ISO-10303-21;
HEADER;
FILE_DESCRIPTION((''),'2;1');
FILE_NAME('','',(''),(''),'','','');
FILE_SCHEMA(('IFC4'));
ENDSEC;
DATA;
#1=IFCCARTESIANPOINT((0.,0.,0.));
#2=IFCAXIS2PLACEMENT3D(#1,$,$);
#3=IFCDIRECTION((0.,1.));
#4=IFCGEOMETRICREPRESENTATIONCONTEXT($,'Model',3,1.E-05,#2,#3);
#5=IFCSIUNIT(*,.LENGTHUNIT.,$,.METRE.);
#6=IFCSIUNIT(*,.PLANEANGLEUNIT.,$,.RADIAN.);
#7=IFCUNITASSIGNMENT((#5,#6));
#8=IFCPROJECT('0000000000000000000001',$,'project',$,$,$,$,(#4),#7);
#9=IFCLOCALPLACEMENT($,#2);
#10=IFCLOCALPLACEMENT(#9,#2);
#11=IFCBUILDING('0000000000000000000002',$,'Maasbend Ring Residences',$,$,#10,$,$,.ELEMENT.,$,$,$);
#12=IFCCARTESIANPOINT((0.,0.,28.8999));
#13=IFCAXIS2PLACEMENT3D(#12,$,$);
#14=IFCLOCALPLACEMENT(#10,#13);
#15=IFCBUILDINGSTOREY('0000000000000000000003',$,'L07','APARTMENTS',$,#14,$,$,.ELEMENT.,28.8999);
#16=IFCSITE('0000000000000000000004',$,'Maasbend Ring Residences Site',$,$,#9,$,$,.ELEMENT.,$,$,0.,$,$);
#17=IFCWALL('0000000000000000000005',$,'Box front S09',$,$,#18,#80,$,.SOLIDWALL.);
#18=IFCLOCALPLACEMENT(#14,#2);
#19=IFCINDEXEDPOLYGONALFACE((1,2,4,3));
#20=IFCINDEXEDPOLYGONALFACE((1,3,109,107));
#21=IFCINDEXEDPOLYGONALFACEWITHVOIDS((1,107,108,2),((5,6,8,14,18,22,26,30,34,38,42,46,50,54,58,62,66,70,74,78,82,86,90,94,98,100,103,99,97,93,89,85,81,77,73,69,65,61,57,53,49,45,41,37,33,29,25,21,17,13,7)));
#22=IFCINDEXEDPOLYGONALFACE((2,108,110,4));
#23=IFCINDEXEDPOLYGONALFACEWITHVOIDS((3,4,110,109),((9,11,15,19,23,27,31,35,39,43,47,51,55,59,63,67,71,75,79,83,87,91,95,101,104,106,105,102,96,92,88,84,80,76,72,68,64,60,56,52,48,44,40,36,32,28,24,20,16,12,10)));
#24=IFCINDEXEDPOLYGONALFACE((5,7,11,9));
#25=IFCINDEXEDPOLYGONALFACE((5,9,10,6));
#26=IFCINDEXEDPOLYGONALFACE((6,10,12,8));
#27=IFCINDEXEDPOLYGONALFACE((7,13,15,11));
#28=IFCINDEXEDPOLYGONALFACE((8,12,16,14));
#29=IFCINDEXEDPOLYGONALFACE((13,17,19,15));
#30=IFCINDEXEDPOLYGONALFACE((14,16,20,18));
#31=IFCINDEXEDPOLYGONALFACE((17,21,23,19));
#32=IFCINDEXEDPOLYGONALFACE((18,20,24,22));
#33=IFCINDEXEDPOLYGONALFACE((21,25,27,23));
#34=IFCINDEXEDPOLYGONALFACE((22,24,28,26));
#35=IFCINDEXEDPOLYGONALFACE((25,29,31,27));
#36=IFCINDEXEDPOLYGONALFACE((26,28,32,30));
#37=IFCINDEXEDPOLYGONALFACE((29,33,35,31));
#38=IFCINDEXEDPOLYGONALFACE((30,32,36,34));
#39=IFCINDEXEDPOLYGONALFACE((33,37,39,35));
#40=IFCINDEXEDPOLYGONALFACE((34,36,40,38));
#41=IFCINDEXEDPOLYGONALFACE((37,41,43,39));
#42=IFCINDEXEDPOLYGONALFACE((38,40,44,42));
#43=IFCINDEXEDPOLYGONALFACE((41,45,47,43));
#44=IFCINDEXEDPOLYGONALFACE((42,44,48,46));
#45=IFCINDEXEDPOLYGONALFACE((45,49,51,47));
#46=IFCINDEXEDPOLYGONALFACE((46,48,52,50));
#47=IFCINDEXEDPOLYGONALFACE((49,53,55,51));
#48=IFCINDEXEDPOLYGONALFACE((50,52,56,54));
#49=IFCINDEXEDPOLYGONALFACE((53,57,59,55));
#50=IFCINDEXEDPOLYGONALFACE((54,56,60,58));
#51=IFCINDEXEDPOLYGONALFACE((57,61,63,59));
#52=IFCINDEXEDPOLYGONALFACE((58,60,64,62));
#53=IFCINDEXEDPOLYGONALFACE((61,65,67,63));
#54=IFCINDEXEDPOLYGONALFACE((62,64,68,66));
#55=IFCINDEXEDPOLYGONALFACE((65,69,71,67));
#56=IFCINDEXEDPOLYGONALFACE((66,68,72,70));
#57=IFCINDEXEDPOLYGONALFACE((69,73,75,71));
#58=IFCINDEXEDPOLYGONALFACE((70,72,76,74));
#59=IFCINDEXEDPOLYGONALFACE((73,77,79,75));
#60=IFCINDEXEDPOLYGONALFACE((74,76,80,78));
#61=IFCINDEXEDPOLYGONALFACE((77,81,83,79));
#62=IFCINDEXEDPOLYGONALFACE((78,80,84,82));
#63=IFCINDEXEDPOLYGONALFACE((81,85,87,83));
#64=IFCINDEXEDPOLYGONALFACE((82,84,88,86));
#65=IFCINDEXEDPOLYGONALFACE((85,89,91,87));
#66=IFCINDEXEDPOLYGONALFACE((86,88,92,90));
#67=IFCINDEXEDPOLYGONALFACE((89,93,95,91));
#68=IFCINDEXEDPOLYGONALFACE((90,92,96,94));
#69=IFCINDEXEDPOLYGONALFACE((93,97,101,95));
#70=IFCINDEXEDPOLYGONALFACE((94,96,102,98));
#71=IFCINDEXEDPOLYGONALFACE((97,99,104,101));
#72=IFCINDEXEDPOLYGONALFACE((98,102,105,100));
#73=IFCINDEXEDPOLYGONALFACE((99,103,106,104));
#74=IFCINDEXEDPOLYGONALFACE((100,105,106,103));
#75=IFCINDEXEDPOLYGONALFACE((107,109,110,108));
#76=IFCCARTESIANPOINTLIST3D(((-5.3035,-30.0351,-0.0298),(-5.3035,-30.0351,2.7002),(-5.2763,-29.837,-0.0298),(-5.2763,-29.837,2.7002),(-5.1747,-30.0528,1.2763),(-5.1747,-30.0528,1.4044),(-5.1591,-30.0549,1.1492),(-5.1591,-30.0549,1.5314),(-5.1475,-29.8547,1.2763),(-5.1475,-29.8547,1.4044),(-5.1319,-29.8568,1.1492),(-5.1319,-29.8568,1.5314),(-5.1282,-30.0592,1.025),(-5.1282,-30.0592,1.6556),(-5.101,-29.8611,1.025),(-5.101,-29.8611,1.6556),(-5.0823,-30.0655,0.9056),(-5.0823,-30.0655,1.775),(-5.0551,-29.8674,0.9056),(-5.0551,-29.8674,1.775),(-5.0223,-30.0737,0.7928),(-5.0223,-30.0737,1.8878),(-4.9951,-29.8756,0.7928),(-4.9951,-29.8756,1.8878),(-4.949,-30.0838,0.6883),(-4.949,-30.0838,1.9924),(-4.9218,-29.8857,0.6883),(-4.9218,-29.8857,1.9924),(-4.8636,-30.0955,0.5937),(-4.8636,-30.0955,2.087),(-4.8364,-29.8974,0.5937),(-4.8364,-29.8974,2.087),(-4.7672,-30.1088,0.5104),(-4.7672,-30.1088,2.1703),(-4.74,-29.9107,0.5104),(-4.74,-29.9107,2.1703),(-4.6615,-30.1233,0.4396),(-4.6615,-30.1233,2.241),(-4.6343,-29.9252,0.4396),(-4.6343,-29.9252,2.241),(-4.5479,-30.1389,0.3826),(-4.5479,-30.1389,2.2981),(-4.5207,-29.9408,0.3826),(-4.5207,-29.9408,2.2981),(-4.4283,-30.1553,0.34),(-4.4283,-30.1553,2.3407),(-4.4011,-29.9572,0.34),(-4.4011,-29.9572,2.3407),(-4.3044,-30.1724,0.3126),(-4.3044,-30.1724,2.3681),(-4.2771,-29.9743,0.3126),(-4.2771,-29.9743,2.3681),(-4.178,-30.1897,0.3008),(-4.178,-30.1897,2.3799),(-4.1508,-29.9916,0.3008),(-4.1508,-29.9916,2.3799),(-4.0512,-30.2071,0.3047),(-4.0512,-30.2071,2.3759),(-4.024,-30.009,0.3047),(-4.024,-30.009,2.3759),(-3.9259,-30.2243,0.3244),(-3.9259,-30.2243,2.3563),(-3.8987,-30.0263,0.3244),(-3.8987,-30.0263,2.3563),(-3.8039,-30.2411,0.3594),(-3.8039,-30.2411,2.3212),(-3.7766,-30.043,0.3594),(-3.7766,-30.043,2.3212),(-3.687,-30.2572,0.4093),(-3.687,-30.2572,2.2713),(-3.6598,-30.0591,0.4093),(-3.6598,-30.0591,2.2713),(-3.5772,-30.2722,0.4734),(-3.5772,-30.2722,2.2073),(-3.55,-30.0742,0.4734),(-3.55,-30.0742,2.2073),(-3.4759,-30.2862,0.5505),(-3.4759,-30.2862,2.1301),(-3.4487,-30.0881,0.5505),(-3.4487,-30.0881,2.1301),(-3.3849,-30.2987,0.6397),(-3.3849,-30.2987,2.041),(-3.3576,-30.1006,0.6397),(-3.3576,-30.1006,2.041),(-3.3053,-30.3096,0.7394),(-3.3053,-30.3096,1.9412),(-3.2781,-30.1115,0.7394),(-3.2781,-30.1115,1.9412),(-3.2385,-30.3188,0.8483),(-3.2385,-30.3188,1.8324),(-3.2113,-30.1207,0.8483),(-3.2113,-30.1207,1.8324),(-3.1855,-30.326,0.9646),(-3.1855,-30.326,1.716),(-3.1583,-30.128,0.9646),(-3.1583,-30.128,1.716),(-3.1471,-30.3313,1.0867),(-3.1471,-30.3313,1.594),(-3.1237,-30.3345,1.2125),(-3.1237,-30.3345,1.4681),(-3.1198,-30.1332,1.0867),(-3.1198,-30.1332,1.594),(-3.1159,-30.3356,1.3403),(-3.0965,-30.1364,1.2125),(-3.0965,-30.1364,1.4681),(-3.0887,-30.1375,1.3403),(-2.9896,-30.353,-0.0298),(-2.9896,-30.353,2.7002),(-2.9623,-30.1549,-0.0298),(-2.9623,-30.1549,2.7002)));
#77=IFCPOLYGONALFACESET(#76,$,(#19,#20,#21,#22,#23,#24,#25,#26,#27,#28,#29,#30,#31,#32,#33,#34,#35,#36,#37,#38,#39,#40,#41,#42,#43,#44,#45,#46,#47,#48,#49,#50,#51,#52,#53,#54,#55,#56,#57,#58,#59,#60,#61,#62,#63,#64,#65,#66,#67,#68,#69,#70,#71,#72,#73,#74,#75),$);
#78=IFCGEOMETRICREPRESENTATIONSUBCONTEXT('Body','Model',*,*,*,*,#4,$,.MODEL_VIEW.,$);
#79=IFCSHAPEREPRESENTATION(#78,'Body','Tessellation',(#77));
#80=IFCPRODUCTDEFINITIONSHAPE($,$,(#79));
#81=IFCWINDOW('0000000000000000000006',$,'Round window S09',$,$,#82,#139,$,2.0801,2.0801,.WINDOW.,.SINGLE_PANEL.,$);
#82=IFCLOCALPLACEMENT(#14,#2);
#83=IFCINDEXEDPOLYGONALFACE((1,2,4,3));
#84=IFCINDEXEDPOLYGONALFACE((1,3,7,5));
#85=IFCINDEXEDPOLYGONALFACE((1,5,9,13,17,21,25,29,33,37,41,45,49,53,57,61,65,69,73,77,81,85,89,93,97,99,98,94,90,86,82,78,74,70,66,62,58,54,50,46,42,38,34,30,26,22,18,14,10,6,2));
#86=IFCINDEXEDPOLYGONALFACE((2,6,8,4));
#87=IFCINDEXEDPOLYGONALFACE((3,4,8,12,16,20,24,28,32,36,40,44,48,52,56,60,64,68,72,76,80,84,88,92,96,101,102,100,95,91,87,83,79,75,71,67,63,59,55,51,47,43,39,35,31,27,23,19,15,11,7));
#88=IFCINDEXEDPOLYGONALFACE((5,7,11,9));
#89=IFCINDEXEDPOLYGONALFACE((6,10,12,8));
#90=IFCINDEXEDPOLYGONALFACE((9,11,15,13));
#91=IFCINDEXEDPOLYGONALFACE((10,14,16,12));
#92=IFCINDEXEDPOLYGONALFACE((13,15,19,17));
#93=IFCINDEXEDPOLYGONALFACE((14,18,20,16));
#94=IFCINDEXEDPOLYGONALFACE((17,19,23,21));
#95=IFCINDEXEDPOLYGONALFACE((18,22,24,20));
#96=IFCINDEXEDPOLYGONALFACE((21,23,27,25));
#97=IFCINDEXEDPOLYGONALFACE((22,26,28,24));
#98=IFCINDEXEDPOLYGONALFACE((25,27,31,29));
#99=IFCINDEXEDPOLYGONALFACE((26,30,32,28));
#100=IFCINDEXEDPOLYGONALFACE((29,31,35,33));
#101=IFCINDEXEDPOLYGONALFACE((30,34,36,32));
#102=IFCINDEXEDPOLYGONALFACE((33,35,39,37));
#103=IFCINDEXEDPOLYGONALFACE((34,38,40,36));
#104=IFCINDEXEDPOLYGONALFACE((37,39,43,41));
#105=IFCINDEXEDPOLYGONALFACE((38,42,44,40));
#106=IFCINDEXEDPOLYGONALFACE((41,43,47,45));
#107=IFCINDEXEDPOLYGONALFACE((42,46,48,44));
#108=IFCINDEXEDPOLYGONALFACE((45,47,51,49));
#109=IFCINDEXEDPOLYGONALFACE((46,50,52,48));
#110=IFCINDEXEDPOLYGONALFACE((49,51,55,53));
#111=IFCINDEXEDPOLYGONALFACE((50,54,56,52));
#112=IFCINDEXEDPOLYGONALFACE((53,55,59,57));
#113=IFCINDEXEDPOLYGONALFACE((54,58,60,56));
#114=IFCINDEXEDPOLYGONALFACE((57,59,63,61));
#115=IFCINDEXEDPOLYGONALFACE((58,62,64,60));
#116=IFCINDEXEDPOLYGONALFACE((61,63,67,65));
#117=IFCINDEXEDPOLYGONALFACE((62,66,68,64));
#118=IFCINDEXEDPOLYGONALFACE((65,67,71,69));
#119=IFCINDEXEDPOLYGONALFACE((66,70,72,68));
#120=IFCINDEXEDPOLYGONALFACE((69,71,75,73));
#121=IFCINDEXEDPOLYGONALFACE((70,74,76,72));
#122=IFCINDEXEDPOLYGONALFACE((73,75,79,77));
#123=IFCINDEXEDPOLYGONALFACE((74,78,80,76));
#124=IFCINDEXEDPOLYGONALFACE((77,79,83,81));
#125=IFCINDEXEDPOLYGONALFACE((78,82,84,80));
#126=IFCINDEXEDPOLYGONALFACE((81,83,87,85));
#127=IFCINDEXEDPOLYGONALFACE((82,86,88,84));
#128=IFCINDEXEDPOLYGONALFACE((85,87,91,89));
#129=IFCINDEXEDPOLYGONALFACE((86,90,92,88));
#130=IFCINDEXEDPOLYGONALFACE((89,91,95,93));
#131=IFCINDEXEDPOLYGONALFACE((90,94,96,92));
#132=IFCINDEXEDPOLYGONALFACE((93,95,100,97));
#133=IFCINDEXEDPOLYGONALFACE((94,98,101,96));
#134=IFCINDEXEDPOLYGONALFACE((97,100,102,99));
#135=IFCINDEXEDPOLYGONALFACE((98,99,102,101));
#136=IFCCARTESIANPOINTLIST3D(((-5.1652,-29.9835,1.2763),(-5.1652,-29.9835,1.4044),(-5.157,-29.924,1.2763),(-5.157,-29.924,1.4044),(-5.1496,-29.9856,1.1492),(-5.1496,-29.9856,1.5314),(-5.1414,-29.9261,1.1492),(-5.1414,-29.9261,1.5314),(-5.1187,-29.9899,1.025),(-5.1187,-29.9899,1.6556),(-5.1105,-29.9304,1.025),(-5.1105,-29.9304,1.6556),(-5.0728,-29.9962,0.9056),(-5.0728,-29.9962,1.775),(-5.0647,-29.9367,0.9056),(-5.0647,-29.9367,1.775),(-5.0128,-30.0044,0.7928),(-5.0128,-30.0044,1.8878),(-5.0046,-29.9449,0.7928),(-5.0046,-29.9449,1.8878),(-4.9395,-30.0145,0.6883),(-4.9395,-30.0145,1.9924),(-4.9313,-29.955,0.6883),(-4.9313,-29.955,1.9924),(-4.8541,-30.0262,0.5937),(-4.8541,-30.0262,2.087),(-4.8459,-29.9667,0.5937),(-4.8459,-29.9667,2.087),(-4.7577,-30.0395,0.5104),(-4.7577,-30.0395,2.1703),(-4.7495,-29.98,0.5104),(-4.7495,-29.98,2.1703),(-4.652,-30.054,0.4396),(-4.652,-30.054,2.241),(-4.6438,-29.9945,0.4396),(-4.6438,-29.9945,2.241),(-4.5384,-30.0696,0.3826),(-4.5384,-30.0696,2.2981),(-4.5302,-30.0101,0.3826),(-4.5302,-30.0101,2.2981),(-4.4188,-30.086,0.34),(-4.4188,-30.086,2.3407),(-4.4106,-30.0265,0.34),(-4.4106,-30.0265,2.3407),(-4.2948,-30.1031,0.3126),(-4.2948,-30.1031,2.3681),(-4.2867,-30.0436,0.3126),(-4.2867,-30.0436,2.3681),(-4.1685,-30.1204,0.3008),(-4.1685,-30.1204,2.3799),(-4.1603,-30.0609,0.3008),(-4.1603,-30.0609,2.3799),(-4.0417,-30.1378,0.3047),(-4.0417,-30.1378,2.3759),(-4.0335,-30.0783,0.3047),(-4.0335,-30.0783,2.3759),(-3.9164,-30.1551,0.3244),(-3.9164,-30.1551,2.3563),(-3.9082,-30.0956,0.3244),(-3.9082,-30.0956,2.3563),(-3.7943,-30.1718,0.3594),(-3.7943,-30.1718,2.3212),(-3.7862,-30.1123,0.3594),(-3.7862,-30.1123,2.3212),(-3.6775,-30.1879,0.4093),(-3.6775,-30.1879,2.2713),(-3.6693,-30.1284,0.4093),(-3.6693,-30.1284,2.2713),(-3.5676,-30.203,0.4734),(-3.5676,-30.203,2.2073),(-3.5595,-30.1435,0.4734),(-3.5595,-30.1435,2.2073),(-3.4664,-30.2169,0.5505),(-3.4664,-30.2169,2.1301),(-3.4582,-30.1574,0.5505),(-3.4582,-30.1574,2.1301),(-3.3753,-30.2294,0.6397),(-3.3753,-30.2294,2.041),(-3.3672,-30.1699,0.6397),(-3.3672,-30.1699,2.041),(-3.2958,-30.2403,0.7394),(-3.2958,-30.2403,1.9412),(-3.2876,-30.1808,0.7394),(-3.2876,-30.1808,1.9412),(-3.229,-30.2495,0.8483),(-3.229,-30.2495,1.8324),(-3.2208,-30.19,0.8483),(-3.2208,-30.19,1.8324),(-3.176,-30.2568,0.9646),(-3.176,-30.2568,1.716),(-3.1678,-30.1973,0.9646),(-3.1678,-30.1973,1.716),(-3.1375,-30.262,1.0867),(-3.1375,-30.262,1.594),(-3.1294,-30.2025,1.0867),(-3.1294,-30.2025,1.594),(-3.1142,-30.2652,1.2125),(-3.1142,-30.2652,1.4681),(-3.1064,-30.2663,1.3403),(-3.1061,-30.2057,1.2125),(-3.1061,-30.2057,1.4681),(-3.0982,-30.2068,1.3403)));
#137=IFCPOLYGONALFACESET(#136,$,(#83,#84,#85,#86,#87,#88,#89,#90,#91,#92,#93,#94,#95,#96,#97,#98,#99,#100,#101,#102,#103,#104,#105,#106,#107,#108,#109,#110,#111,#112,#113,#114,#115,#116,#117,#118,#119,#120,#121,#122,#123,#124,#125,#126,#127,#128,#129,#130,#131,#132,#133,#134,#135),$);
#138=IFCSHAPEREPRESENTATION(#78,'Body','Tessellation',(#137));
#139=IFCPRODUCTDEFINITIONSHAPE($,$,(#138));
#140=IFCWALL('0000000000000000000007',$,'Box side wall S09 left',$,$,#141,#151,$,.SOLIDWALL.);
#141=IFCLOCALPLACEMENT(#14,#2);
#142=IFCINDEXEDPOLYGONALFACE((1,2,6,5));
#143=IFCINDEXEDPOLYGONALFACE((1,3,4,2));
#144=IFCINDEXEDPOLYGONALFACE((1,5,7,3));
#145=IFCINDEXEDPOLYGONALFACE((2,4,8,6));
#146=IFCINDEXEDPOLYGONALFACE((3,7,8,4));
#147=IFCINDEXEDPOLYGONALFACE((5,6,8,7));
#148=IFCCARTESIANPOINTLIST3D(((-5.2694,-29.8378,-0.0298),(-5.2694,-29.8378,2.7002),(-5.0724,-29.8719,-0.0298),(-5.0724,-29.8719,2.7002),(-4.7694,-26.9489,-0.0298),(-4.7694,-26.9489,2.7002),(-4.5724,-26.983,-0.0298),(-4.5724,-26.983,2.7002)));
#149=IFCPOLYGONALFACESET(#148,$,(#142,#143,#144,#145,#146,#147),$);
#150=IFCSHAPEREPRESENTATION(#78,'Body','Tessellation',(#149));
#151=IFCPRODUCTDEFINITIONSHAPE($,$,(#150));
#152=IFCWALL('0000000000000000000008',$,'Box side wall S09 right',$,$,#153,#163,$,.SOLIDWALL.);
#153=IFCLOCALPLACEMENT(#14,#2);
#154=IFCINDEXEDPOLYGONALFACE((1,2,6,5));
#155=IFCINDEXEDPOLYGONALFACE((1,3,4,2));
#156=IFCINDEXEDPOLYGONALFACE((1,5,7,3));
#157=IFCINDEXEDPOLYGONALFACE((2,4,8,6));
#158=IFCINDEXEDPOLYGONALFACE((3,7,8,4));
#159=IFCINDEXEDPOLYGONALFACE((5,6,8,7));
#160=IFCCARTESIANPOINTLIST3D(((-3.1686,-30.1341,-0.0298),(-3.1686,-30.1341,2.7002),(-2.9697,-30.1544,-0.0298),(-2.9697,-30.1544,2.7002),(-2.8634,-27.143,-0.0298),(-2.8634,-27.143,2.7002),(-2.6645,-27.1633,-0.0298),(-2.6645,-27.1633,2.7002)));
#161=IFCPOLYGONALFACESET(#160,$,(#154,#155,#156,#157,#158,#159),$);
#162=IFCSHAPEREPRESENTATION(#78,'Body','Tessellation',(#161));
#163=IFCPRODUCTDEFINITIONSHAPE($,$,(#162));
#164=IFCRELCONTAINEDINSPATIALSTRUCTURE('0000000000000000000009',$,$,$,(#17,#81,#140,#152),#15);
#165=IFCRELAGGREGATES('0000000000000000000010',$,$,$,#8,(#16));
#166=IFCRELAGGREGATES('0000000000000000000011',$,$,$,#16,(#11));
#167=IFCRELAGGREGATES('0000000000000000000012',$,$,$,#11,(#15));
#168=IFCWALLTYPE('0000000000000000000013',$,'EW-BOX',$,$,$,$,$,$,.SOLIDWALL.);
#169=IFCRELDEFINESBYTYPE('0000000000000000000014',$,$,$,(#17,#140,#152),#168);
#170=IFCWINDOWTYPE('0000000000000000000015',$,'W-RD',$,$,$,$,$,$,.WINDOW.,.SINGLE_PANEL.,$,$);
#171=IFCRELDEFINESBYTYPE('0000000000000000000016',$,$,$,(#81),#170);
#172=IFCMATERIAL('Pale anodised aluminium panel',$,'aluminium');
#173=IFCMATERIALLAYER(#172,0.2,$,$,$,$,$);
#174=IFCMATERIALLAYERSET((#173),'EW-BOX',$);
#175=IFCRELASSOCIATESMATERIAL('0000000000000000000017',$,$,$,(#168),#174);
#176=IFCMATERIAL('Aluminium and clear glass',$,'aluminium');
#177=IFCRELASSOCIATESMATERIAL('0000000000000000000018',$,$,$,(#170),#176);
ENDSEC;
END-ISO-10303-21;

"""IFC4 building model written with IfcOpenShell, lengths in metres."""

from ifc_helpers import new_model, si_unit, direction, frame, frame_2d, origin, place, context, subcontext, project, spatial, rectangle, circle, extrude, material, layer, layer_set, type_object, element, fill, save


model = new_model("IFC4")

# Units and contexts
model_context = context("Model", 3, precision=1e-05, world=origin(), true_north=direction((0.0, 1.0)))
body_context = subcontext(model_context, "Body", "Model", "MODEL_VIEW")
ifc_project = project(units=[si_unit("LENGTHUNIT", "METRE"), si_unit("PLANEANGLEUNIT", "RADIAN")], contexts=[model_context])

# Site, building, storey
site_placement = place(None, origin())
site = spatial("IfcSite", under=ifc_project, at=site_placement, Name="Maasbend Ring Residences Site", CompositionType="ELEMENT", RefElevation=0.0)
building_placement = place(site_placement, origin())
building = spatial("IfcBuilding", under=site, at=building_placement, Name="Maasbend Ring Residences", CompositionType="ELEMENT")
storey_placement = place(building_placement, frame((0.0, 0.0, 28.8999)))
storey = spatial("IfcBuildingStorey", under=building, at=storey_placement, Name="L07", Description="APARTMENTS", CompositionType="ELEMENT", Elevation=28.8999)

# Shared definitions
ifc_material_1 = material(Name="Pale anodised aluminium panel", Category="aluminium")
ifc_layer_1 = layer(ifc_material_1, 0.2)
ifc_layer_set_1 = layer_set([ifc_layer_1], Name="EW-BOX")
wall_type_1 = type_object("IfcWallType", Name="EW-BOX", PredefinedType="SOLIDWALL", material=ifc_layer_set_1)

# Wall, opening, window
wall_1_placement = place(storey_placement, frame((-5.29, -29.936, -0.0298), z_axis=(0.0, 0.0, 1.0), x_axis=(0.990696, -0.136093, 0.0)))
wall_1 = element("IfcWall", 1, at=wall_1_placement, inside=storey, type_object=wall_type_1, Name="Box front S09", PredefinedType="SOLIDWALL", context=body_context, shape_type="SweptSolid", body=[
    extrude(rectangle(XDim=2.3357, YDim=0.2, at=frame_2d((1.168, 0.0))), origin(), (0.0, 0.0, 1.0), 2.73),
])
opening_1_placement = place(wall_1_placement, frame((0.1282, 0.0, 0.3301)))
opening_1 = element("IfcOpeningElement", 2, at=opening_1_placement, cuts=wall_1, PredefinedType="OPENING", context=body_context, shape_type="SweptSolid", body=[
    extrude(circle(Radius=1.04, at=frame_2d((1.04, 1.04))), frame((0.0, 0.1099, 0.0), z_axis=(0.0, -1.0, 0.0), x_axis=(1.0, 0.0, 0.0)), (0.0, 0.0, 1.0), 0.22),
])
ifc_material_2 = material(Name="Aluminium and clear glass", Category="aluminium")
window_type_1 = type_object("IfcWindowType", Name="W-RD", PartitioningType="SINGLE_PANEL", PredefinedType="WINDOW", material=ifc_material_2)
window_1_placement = place(opening_1_placement, origin())
window_1 = element("IfcWindow", 3, at=window_1_placement, inside=storey, type_object=window_type_1, Name="Round window S09", OverallHeight=2.0801, OverallWidth=2.0801, PartitioningType="SINGLE_PANEL", PredefinedType="WINDOW", context=body_context, shape_type="SweptSolid", body=[
    extrude(circle(Radius=1.04, at=frame_2d((1.04, 1.04))), frame((0.0, 0.03, 0.0), z_axis=(0.0, -1.0, 0.0), x_axis=(1.0, 0.0, 0.0)), (0.0, 0.0, 1.0), 0.0601),
])
fill(opening_1, window_1)

# Walls
wall_2_placement = place(storey_placement, frame((-4.6709, -26.9661, -0.0298), z_axis=(0.0, 0.0, 1.0), x_axis=(-0.17054, -0.985351, 0.0)))
element("IfcWall", 4, at=wall_2_placement, inside=storey, type_object=wall_type_1, Name="Box side wall S09 left", PredefinedType="SOLIDWALL", context=body_context, shape_type="SweptSolid", body=[
    extrude(rectangle(XDim=2.9319, YDim=0.2, at=frame_2d((1.4658, 0.0))), origin(), (0.0, 0.0, 1.0), 2.73),
])
wall_3_placement = place(storey_placement, frame((-2.7639, -27.1531, -0.0298), z_axis=(0.0, 0.0, 1.0), x_axis=(-0.101505, -0.994835, 0.0)))
element("IfcWall", 5, at=wall_3_placement, inside=storey, type_object=wall_type_1, Name="Box side wall S09 right", PredefinedType="SOLIDWALL", context=body_context, shape_type="SweptSolid", body=[
    extrude(rectangle(XDim=3.0066, YDim=0.2, at=frame_2d((1.5034, 0.0))), origin(), (0.0, 0.0, 1.0), 2.73),
])

save(model, "model.ifc")
